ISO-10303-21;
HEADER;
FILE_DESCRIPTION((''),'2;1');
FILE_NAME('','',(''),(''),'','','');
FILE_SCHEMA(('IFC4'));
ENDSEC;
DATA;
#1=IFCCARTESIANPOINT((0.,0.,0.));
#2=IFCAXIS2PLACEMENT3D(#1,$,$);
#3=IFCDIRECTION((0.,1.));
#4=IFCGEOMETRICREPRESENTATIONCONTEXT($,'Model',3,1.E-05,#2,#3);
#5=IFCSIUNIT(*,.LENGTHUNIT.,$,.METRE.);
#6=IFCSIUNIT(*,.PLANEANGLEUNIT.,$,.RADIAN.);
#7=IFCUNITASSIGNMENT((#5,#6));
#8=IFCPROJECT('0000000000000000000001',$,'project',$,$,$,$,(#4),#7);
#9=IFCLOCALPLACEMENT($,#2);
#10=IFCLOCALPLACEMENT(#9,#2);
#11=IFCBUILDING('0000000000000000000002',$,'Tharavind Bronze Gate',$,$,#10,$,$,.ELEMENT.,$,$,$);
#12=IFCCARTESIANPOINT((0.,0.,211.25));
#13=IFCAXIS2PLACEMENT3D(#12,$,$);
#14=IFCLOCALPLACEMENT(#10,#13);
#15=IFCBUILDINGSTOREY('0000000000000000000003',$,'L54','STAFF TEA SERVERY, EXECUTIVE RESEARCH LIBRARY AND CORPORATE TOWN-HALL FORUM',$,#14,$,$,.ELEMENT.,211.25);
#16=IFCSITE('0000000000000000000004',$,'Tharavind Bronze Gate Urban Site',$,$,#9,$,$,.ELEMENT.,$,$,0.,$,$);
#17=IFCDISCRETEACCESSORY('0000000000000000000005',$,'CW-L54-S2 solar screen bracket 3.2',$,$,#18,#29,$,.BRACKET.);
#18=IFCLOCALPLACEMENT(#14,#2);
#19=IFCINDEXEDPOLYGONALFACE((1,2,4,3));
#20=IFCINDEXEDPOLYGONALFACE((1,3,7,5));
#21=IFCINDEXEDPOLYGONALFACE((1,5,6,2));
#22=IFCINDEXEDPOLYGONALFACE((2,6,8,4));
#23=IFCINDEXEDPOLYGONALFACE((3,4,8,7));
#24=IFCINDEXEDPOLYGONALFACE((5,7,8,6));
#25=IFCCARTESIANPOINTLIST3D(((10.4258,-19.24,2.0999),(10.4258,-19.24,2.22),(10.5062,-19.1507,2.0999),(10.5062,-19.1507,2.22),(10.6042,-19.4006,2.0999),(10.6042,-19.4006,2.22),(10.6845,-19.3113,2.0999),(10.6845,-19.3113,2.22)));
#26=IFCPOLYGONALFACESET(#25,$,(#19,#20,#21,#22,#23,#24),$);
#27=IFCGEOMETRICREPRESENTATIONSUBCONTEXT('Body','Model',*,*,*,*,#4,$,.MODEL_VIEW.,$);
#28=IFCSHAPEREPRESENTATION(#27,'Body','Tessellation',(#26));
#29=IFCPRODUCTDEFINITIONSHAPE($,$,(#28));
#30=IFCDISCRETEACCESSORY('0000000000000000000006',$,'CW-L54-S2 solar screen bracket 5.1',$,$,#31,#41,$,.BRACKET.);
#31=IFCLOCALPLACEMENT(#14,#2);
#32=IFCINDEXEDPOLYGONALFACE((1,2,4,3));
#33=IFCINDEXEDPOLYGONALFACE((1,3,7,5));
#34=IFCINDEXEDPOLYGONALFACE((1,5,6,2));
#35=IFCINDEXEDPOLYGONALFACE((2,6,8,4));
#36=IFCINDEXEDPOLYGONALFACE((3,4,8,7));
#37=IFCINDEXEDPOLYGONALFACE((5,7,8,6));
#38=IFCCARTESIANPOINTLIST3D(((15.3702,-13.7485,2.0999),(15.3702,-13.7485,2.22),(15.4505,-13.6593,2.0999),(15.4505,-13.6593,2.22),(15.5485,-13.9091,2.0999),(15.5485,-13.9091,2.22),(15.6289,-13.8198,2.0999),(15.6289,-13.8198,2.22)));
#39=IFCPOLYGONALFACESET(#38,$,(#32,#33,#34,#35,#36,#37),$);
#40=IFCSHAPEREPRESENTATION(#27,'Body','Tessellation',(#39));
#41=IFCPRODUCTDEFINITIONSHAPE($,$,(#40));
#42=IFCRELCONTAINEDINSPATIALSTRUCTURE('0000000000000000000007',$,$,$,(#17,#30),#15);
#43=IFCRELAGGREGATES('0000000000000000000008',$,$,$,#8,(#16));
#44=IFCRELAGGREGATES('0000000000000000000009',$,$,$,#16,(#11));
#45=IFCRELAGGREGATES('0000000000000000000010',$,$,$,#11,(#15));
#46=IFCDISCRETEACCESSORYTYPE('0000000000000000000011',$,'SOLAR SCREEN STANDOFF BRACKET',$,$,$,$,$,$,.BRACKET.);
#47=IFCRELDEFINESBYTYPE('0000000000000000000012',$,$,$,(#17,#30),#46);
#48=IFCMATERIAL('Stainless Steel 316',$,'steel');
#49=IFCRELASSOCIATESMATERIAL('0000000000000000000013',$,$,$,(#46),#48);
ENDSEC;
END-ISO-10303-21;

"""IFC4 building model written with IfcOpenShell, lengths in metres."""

from ifc_helpers import new_model, si_unit, direction, frame, origin, origin_2d, place, context, subcontext, project, spatial, rectangle, extrude, material, type_object, element, save


model = new_model("IFC4")

# Units and contexts
model_context = context("Model", 3, precision=1e-05, world=origin(), true_north=direction((0.0, 1.0)))
body_context = subcontext(model_context, "Body", "Model", "MODEL_VIEW")
ifc_project = project(units=[si_unit("LENGTHUNIT", "METRE"), si_unit("PLANEANGLEUNIT", "RADIAN")], contexts=[model_context])

# Site, building, storey
site_placement = place(None, origin())
site = spatial("IfcSite", under=ifc_project, at=site_placement, Name="Tharavind Bronze Gate Urban Site", CompositionType="ELEMENT", RefElevation=0.0)
building_placement = place(site_placement, origin())
building = spatial("IfcBuilding", under=site, at=building_placement, Name="Tharavind Bronze Gate", CompositionType="ELEMENT")
storey_placement = place(building_placement, frame((0.0, 0.0, 211.25)))
storey = spatial("IfcBuildingStorey", under=building, at=storey_placement, Name="L54", Description="STAFF TEA SERVERY, EXECUTIVE RESEARCH LIBRARY AND CORPORATE TOWN-HALL FORUM", CompositionType="ELEMENT", Elevation=211.25)

# Discrete accessories
ifc_material_1 = material(Name="Stainless Steel 316", Category="steel")
discrete_accessory_type = type_object("IfcDiscreteAccessoryType", Name="SOLAR SCREEN STANDOFF BRACKET", PredefinedType="BRACKET", material=ifc_material_1)
for number, where, z_axis, x_axis, name in (
    (1, (10.5552, -19.2756, 2.0999), (0.0, 0.0, 1.0), (0.669131, 0.743145, 0.0), "CW-L54-S2 solar screen bracket 3.2"),
    (2, (15.4995, -13.7842, 2.0999), (0.0, 0.0, 1.0), (0.669131, 0.743145, 0.0), "CW-L54-S2 solar screen bracket 5.1"),
):
    element("IfcDiscreteAccessory", number, at=place(storey_placement, frame(where, z_axis=z_axis, x_axis=x_axis)), inside=storey, type_object=discrete_accessory_type, Name=name, PredefinedType="BRACKET", context=body_context, shape_type="SweptSolid", body=[
        extrude(rectangle(XDim=0.1201, YDim=0.24, at=origin_2d()), origin(), (0.0, 0.0, 1.0), 0.1201),
    ])

save(model, "model.ifc")
